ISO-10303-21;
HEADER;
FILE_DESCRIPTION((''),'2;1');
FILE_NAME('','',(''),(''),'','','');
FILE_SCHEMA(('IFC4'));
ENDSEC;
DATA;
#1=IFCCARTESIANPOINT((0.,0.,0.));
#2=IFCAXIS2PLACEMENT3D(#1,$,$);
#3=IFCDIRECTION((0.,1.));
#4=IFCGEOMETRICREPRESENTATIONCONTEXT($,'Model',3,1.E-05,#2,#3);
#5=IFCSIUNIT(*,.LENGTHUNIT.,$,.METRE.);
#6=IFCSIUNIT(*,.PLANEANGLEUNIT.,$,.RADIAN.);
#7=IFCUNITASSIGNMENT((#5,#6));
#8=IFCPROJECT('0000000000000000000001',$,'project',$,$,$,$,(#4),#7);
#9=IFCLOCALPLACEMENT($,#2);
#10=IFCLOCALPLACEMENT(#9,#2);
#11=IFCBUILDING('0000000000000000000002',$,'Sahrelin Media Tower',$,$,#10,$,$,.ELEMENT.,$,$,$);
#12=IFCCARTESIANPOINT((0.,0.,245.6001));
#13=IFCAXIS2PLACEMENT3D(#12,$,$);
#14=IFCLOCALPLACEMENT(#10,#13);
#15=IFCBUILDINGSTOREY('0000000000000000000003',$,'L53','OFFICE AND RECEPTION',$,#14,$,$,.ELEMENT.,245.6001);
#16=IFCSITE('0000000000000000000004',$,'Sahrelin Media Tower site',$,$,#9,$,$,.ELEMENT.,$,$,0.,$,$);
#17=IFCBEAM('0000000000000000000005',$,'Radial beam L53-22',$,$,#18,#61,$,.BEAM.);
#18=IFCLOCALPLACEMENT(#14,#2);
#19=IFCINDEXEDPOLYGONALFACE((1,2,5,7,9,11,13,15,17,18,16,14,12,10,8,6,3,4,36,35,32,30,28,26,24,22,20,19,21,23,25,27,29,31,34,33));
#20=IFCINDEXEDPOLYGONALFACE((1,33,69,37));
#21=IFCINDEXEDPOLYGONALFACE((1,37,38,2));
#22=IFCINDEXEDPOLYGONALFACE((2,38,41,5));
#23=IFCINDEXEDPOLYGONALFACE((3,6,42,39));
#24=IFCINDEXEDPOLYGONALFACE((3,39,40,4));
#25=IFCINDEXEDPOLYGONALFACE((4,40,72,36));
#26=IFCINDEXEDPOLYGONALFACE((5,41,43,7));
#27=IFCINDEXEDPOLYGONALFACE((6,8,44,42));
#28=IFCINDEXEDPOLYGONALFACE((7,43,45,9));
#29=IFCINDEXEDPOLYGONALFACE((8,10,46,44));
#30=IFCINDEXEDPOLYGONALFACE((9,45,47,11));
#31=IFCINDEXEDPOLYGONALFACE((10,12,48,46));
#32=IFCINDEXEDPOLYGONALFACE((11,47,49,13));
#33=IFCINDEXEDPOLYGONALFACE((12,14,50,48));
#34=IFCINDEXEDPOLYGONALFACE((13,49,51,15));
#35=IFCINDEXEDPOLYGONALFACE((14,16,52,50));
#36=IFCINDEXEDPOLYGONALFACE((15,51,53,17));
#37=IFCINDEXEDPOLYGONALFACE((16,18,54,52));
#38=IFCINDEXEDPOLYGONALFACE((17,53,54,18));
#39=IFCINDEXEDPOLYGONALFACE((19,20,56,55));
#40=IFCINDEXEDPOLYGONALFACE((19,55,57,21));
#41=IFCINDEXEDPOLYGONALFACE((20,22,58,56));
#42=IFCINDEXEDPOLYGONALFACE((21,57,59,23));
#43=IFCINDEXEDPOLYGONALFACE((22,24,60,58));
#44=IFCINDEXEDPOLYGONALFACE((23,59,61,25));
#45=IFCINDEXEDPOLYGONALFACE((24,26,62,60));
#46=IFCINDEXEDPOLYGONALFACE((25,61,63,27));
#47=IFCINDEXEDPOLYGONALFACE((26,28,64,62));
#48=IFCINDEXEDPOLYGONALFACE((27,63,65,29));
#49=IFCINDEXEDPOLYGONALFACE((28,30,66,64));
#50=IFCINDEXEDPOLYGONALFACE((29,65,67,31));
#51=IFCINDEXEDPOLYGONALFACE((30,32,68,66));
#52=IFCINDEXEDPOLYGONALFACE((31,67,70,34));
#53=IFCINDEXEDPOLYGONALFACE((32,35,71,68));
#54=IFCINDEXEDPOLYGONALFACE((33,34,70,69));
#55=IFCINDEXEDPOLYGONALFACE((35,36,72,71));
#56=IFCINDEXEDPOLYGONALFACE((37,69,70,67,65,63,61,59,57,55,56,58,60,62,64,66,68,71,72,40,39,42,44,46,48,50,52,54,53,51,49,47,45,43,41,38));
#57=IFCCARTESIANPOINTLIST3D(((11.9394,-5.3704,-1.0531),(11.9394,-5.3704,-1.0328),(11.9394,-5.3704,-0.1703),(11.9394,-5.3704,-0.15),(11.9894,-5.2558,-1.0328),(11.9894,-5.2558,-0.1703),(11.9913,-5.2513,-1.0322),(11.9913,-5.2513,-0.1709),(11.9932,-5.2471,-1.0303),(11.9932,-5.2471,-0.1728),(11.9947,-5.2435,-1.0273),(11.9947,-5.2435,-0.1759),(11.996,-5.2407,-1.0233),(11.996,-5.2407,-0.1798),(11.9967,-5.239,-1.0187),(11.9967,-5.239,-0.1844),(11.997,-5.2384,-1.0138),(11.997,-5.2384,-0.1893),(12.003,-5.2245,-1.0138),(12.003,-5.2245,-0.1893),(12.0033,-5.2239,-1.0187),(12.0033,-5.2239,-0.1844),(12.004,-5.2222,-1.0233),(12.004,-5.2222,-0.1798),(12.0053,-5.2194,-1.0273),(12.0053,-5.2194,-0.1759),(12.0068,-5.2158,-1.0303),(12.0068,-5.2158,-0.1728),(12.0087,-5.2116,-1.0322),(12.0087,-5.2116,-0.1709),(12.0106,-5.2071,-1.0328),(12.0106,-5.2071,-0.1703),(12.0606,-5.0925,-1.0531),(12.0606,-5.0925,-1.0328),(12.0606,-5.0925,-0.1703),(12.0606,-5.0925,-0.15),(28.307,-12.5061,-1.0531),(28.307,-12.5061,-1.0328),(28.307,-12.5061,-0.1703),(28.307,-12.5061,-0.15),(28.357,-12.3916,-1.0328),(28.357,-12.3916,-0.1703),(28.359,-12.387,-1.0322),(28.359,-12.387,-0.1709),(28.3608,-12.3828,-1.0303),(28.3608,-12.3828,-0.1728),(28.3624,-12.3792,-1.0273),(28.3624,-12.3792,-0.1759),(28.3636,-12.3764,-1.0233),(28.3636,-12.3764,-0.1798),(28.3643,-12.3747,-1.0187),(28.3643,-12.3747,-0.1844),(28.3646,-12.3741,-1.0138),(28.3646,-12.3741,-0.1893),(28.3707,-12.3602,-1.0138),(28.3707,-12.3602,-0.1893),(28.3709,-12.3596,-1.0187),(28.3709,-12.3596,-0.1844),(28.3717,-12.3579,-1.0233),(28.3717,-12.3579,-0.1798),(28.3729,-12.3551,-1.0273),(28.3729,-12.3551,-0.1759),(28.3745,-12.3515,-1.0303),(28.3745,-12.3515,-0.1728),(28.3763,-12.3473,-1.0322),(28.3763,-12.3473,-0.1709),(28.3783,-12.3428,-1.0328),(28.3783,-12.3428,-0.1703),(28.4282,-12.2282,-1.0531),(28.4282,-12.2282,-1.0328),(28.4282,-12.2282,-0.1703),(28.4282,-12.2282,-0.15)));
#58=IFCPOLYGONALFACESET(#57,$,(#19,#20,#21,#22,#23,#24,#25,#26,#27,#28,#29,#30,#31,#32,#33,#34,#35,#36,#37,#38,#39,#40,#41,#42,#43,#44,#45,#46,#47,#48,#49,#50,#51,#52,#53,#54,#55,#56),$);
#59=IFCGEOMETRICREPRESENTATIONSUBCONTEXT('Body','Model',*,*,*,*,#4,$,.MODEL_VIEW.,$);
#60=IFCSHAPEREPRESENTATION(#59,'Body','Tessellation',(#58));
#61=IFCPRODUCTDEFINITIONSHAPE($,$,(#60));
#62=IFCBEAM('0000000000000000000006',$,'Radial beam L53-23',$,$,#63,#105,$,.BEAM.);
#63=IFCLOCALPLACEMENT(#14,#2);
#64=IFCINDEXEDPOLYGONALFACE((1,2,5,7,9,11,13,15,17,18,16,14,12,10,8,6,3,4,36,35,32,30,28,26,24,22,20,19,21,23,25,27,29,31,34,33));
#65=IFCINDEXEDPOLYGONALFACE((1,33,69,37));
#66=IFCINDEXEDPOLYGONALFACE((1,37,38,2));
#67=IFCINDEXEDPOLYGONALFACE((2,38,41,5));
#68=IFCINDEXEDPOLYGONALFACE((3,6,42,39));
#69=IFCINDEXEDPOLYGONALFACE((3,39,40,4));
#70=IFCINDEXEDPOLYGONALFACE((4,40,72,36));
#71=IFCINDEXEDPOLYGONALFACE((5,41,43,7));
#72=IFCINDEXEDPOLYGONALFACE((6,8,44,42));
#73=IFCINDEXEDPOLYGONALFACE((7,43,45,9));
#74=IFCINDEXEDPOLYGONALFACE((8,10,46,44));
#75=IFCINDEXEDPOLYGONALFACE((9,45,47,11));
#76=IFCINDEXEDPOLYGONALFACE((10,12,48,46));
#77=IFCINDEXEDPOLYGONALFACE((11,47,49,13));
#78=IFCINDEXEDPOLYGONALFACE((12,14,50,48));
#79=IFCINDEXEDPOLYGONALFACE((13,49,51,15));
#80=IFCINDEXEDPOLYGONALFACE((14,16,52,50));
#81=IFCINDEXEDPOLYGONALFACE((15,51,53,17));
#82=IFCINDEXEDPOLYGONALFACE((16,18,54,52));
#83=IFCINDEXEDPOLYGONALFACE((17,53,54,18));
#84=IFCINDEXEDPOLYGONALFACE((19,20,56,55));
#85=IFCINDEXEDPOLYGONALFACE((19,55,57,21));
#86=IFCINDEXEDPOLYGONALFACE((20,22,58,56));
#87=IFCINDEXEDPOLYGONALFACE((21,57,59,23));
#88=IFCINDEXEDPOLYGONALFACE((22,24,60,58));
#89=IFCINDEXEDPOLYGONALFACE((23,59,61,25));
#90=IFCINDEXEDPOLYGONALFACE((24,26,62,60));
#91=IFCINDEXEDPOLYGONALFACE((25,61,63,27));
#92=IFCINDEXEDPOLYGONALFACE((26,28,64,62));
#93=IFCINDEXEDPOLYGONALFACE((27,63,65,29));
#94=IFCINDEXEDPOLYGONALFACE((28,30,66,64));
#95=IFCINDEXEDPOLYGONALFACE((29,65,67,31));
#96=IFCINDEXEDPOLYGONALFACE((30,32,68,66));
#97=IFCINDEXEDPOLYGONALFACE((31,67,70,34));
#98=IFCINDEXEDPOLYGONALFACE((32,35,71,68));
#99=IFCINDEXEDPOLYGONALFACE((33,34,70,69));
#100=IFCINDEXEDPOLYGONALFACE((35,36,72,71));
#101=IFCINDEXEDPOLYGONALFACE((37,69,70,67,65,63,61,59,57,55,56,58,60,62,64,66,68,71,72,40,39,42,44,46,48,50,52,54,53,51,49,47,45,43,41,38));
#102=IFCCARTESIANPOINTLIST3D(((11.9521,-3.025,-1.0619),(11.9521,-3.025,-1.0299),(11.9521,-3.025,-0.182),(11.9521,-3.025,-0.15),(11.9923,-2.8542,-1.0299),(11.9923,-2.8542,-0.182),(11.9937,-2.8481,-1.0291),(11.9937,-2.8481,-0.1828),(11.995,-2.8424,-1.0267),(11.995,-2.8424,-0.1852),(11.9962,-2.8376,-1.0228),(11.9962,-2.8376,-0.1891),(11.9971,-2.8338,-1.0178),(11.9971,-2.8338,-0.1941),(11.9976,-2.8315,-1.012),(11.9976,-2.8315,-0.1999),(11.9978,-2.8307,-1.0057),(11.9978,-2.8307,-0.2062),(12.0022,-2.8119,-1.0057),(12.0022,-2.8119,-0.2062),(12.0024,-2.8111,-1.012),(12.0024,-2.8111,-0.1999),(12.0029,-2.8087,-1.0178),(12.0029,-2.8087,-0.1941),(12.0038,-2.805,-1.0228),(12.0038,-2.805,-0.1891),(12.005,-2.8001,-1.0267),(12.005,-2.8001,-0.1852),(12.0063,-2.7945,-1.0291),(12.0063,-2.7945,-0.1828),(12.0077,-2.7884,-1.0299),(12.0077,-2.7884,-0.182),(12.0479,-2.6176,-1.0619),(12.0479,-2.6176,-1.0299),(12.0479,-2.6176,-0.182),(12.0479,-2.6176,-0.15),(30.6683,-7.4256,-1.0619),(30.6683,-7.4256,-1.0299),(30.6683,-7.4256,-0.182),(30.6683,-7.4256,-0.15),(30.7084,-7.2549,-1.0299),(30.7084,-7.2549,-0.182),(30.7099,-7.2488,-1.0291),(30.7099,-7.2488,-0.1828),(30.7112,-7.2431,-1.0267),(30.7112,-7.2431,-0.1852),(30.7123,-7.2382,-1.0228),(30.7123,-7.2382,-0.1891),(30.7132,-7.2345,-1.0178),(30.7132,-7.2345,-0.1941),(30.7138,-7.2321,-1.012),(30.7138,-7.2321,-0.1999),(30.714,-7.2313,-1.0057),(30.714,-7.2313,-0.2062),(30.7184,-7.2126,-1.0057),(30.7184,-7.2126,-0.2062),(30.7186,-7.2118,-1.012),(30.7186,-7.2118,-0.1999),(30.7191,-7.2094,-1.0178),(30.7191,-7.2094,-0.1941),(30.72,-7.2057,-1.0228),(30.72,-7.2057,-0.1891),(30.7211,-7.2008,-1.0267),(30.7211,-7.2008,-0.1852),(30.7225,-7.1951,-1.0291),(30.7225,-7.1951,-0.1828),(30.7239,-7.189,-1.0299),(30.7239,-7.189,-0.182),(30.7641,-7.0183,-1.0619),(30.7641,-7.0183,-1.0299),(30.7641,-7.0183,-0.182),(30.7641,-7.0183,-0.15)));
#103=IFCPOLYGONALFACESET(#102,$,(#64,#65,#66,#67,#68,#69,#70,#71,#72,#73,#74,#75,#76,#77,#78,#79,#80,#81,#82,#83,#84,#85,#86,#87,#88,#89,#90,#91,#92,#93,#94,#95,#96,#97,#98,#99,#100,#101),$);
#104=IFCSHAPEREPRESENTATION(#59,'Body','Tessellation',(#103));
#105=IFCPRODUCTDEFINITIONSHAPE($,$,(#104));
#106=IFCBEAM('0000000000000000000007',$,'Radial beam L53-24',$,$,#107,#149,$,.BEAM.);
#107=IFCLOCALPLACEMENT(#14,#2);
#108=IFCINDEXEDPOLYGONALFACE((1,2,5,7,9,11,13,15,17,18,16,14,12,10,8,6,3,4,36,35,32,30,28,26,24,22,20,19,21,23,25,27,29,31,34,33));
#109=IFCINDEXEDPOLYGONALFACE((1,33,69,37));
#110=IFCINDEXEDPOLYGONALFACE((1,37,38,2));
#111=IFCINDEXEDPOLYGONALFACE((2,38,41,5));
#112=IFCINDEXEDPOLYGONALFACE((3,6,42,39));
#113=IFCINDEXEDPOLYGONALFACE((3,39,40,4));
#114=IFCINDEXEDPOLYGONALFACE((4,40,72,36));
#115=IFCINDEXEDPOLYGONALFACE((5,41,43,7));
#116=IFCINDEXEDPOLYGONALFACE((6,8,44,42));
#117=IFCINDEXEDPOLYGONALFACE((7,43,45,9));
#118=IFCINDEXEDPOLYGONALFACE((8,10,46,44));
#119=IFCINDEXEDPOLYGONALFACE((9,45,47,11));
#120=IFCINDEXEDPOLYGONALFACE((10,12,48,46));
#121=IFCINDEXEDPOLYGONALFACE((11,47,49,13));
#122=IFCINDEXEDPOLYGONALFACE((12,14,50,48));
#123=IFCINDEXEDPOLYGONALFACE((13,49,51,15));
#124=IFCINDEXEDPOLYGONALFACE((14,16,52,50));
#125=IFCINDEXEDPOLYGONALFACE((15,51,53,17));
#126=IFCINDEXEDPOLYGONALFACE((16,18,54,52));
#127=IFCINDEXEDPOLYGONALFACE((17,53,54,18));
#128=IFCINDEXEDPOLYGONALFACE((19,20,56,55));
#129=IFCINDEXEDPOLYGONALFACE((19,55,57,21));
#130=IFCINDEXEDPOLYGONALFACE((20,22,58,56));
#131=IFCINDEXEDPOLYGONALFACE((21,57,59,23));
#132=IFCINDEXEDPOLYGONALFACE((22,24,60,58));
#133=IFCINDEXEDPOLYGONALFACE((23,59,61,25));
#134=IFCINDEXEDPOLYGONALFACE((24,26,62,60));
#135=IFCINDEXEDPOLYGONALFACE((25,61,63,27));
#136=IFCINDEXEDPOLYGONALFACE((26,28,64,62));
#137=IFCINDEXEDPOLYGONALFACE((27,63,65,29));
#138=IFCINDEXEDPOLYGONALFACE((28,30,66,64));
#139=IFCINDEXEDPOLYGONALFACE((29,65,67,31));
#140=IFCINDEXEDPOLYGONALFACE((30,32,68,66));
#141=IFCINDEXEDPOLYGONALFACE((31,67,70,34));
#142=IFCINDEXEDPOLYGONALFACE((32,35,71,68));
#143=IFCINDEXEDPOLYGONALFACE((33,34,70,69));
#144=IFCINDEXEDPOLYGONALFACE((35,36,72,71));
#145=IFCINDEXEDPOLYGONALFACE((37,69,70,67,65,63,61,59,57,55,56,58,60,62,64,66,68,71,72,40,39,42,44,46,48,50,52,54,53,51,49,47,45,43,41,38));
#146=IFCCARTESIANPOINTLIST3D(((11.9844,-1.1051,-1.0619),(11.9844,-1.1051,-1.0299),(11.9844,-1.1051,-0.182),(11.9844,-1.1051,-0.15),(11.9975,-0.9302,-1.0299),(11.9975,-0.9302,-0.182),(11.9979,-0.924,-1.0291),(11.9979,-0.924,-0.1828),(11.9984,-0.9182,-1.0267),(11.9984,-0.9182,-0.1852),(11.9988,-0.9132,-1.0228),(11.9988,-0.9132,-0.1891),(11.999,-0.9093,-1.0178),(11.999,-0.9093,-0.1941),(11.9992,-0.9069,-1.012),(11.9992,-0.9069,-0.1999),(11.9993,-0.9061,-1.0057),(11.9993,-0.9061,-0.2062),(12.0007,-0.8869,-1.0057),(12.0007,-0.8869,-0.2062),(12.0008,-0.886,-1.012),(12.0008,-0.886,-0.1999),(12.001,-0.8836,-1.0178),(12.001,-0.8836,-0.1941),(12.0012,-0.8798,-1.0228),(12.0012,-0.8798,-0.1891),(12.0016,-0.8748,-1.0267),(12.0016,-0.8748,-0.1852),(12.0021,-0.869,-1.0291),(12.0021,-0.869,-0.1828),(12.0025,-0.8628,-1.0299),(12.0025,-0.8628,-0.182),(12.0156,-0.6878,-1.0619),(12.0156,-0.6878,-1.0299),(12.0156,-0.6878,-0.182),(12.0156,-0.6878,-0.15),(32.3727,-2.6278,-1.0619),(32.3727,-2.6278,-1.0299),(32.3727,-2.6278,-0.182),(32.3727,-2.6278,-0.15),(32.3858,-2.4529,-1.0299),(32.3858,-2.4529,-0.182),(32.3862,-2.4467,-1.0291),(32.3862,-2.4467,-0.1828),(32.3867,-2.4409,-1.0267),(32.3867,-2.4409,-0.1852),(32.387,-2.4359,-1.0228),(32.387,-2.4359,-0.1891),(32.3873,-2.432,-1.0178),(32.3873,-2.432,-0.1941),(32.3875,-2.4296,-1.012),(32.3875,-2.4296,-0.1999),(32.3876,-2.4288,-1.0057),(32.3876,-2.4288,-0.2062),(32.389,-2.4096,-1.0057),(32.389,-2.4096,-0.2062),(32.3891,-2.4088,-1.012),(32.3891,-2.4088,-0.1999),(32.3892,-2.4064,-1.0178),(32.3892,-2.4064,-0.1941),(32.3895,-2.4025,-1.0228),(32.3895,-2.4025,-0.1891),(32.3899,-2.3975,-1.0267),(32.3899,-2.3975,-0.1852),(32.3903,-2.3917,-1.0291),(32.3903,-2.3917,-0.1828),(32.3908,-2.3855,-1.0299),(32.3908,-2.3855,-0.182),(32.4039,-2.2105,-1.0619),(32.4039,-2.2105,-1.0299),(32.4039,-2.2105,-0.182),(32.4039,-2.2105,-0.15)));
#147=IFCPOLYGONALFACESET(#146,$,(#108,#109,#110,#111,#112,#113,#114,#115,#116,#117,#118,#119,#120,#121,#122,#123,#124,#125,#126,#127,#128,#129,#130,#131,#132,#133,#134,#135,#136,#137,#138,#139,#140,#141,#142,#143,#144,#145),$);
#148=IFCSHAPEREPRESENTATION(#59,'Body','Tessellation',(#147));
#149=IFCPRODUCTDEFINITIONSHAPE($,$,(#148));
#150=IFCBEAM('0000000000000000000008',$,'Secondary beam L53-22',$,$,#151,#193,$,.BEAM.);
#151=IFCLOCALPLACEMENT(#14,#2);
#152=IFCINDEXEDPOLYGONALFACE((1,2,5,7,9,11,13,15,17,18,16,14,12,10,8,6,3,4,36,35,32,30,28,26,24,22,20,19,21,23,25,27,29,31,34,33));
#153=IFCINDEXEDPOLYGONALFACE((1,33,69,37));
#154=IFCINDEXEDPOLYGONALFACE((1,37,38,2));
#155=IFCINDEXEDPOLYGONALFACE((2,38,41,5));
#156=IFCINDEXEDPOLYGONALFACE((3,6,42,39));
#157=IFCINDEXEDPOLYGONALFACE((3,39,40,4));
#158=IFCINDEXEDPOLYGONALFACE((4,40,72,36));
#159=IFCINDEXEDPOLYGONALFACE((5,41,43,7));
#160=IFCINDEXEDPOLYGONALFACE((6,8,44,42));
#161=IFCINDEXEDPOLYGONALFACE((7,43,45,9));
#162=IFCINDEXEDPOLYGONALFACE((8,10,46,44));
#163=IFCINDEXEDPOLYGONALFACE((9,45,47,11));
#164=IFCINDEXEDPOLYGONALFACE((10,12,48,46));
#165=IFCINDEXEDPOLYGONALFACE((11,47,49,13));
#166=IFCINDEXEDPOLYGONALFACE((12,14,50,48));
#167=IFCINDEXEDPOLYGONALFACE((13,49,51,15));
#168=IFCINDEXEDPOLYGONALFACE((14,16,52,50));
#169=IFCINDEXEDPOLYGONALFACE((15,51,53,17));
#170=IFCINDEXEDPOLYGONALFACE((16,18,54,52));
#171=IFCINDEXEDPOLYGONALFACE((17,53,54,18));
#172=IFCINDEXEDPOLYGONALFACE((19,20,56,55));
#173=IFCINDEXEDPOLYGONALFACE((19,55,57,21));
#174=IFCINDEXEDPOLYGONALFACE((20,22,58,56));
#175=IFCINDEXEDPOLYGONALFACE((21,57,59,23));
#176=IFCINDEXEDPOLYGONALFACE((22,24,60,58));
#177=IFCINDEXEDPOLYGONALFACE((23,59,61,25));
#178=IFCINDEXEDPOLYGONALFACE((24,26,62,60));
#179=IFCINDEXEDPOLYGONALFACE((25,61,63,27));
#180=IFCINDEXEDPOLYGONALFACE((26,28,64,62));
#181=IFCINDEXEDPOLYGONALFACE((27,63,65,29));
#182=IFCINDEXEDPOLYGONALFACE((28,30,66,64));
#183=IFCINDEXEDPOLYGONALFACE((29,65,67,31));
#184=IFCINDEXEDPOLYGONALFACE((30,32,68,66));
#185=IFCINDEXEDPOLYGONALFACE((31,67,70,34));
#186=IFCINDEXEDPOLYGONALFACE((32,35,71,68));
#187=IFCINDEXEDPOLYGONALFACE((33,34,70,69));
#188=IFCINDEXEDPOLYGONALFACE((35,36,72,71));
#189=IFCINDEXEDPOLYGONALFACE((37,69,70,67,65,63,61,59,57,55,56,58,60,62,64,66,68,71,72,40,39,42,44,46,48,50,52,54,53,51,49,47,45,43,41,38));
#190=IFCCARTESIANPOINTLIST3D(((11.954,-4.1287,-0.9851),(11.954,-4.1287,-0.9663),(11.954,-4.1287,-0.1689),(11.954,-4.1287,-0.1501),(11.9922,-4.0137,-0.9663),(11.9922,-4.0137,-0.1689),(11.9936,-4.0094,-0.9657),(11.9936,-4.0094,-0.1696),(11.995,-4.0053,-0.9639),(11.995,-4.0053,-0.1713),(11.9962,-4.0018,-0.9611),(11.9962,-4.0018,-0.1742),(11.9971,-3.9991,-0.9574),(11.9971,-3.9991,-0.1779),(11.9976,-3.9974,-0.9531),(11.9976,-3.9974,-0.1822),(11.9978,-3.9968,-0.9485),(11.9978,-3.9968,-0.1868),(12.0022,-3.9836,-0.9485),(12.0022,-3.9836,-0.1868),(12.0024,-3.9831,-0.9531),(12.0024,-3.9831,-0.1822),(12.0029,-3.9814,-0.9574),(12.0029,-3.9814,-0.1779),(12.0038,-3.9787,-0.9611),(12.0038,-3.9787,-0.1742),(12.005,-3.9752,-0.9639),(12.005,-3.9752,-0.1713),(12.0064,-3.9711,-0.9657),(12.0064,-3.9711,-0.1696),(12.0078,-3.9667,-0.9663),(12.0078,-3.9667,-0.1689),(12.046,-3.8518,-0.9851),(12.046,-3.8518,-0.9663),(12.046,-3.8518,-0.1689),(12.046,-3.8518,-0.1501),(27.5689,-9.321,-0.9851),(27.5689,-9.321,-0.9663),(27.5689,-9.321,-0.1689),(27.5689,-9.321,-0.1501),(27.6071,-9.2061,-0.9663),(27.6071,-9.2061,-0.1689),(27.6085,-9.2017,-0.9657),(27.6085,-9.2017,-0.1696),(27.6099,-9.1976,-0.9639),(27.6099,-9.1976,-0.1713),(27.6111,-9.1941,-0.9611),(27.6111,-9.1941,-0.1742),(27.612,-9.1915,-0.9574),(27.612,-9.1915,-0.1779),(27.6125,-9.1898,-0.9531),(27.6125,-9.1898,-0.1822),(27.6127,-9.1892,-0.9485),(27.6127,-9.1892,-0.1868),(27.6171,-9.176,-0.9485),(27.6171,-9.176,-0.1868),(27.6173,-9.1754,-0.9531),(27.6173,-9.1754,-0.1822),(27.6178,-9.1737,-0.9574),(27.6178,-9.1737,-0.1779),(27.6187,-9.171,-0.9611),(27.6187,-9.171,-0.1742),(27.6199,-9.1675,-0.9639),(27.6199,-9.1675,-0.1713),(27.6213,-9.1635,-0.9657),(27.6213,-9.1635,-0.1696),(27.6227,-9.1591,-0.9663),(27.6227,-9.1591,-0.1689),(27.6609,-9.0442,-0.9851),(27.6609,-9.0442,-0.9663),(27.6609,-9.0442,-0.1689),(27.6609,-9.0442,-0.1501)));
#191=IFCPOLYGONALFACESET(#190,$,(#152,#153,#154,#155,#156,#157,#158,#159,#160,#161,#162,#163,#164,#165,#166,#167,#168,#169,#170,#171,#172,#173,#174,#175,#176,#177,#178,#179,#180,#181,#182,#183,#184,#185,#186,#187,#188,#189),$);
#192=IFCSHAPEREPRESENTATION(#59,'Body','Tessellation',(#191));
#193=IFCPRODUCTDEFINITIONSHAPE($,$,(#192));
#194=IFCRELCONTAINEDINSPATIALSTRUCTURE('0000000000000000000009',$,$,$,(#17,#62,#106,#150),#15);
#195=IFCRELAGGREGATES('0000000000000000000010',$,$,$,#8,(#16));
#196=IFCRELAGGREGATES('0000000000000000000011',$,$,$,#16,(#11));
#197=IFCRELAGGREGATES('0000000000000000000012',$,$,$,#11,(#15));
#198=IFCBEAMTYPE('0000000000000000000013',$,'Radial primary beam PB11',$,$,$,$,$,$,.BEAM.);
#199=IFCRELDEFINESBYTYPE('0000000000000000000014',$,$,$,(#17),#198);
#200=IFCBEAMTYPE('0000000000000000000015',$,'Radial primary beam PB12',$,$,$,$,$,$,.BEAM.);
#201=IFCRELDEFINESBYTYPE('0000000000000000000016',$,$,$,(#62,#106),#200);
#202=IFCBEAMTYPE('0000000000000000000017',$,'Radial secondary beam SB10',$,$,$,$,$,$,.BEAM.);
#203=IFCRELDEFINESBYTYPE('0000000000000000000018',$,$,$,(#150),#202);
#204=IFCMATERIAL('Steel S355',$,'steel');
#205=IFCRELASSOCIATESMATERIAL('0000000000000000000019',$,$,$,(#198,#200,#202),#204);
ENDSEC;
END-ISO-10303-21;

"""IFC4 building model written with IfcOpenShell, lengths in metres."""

from ifc_helpers import new_model, si_unit, direction, frame, origin, origin_2d, place, context, subcontext, project, spatial, i_section, extrude, material, material_profile, profile_set, type_object, element, save


model = new_model("IFC4")

# Units and contexts
model_context = context("Model", 3, precision=1e-05, world=origin(), true_north=direction((0.0, 1.0)))
body_context = subcontext(model_context, "Body", "Model", "MODEL_VIEW")
ifc_project = project(units=[si_unit("LENGTHUNIT", "METRE"), si_unit("PLANEANGLEUNIT", "RADIAN")], contexts=[model_context])

# Site, building, storey
site_placement = place(None, origin())
site = spatial("IfcSite", under=ifc_project, at=site_placement, Name="Sahrelin Media Tower site", CompositionType="ELEMENT", RefElevation=0.0)
building_placement = place(site_placement, origin())
building = spatial("IfcBuilding", under=site, at=building_placement, Name="Sahrelin Media Tower", CompositionType="ELEMENT")
storey_placement = place(building_placement, frame((0.0, 0.0, 245.6001)))
storey = spatial("IfcBuildingStorey", under=building, at=storey_placement, Name="L53", Description="OFFICE AND RECEPTION", CompositionType="ELEMENT", Elevation=245.6001)

# Beams
ifc_material_1 = material(Name="Steel S355", Category="steel")
ifc_material_profile_1 = material_profile(ifc_material_1, i_section(OverallWidth=0.3032, OverallDepth=0.9031, WebThickness=0.0151, FlangeThickness=0.0203, FilletRadius=0.019, at=origin_2d()), Name="UB 914x305x201")
ifc_profile_set_1 = profile_set([ifc_material_profile_1], Name="Steel S355")
beam_type_1 = type_object("IfcBeamType", Name="Radial primary beam PB11", PredefinedType="BEAM", material=ifc_profile_set_1)
beam_1_placement = place(storey_placement, frame((12.0, -5.2314, -0.6016), z_axis=(0.916673, -0.399638, 0.0), x_axis=(0.399638, 0.916673, 0.0)))
element("IfcBeam", 1, at=beam_1_placement, inside=storey, type_object=beam_type_1, Name="Radial beam L53-22", PredefinedType="BEAM", context=body_context, shape_type="SweptSolid", body=[
    extrude(i_section(OverallWidth=0.3032, OverallDepth=0.9031, WebThickness=0.0151, FlangeThickness=0.0203, FilletRadius=0.019, at=origin_2d()), origin(), (0.0, 0.0, 1.0), 17.8555),
])
ifc_material_profile_2 = material_profile(ifc_material_1, i_section(OverallWidth=0.4185, OverallDepth=0.9119, WebThickness=0.0193, FlangeThickness=0.032, FilletRadius=0.0242, at=origin_2d()), Name="UB 914x419x343")
ifc_profile_set_2 = profile_set([ifc_material_profile_2], Name="Steel S355")
beam_type_2 = type_object("IfcBeamType", Name="Radial primary beam PB12", PredefinedType="BEAM", material=ifc_profile_set_2)
beam_2_placement = place(storey_placement, frame((12.0, -2.8213, -0.606), z_axis=(0.973454, -0.228884, 0.0), x_axis=(0.228884, 0.973454, 0.0)))
element("IfcBeam", 2, at=beam_2_placement, inside=storey, type_object=beam_type_2, Name="Radial beam L53-23", PredefinedType="BEAM", context=body_context, shape_type="SweptSolid", body=[
    extrude(i_section(OverallWidth=0.4185, OverallDepth=0.9119, WebThickness=0.0193, FlangeThickness=0.032, FilletRadius=0.0242, at=origin_2d()), origin(), (0.0, 0.0, 1.0), 19.2266),
])
beam_3_placement = place(storey_placement, frame((12.0, -0.8965, -0.606), z_axis=(0.997223, -0.074478, 0.0), x_axis=(0.074478, 0.997223, 0.0)))
element("IfcBeam", 3, at=beam_3_placement, inside=storey, type_object=beam_type_2, Name="Radial beam L53-24", PredefinedType="BEAM", context=body_context, shape_type="SweptSolid", body=[
    extrude(i_section(OverallWidth=0.4185, OverallDepth=0.9119, WebThickness=0.0193, FlangeThickness=0.032, FilletRadius=0.0242, at=origin_2d()), origin(), (0.0, 0.0, 1.0), 20.4451),
])
ifc_material_profile_3 = material_profile(ifc_material_1, i_section(OverallWidth=0.2917, OverallDepth=0.835, WebThickness=0.0139, FlangeThickness=0.0188, FilletRadius=0.0178, at=origin_2d()), Name="UB 838x292x176")
ifc_profile_set_3 = profile_set([ifc_material_profile_3], Name="Steel S355")
beam_type_3 = type_object("IfcBeamType", Name="Radial secondary beam SB10", PredefinedType="BEAM", material=ifc_profile_set_3)
beam_4_placement = place(storey_placement, frame((12.0, -3.9902, -0.5676), z_axis=(0.948913, -0.315538, 0.0), x_axis=(0.315538, 0.948913, 0.0)))
element("IfcBeam", 4, at=beam_4_placement, inside=storey, type_object=beam_type_3, Name="Secondary beam L53-22", PredefinedType="BEAM", context=body_context, shape_type="SweptSolid", body=[
    extrude(i_section(OverallWidth=0.2917, OverallDepth=0.835, WebThickness=0.0139, FlangeThickness=0.0188, FilletRadius=0.0178, at=origin_2d()), origin(), (0.0, 0.0, 1.0), 16.4556),
])

save(model, "model.ifc")
